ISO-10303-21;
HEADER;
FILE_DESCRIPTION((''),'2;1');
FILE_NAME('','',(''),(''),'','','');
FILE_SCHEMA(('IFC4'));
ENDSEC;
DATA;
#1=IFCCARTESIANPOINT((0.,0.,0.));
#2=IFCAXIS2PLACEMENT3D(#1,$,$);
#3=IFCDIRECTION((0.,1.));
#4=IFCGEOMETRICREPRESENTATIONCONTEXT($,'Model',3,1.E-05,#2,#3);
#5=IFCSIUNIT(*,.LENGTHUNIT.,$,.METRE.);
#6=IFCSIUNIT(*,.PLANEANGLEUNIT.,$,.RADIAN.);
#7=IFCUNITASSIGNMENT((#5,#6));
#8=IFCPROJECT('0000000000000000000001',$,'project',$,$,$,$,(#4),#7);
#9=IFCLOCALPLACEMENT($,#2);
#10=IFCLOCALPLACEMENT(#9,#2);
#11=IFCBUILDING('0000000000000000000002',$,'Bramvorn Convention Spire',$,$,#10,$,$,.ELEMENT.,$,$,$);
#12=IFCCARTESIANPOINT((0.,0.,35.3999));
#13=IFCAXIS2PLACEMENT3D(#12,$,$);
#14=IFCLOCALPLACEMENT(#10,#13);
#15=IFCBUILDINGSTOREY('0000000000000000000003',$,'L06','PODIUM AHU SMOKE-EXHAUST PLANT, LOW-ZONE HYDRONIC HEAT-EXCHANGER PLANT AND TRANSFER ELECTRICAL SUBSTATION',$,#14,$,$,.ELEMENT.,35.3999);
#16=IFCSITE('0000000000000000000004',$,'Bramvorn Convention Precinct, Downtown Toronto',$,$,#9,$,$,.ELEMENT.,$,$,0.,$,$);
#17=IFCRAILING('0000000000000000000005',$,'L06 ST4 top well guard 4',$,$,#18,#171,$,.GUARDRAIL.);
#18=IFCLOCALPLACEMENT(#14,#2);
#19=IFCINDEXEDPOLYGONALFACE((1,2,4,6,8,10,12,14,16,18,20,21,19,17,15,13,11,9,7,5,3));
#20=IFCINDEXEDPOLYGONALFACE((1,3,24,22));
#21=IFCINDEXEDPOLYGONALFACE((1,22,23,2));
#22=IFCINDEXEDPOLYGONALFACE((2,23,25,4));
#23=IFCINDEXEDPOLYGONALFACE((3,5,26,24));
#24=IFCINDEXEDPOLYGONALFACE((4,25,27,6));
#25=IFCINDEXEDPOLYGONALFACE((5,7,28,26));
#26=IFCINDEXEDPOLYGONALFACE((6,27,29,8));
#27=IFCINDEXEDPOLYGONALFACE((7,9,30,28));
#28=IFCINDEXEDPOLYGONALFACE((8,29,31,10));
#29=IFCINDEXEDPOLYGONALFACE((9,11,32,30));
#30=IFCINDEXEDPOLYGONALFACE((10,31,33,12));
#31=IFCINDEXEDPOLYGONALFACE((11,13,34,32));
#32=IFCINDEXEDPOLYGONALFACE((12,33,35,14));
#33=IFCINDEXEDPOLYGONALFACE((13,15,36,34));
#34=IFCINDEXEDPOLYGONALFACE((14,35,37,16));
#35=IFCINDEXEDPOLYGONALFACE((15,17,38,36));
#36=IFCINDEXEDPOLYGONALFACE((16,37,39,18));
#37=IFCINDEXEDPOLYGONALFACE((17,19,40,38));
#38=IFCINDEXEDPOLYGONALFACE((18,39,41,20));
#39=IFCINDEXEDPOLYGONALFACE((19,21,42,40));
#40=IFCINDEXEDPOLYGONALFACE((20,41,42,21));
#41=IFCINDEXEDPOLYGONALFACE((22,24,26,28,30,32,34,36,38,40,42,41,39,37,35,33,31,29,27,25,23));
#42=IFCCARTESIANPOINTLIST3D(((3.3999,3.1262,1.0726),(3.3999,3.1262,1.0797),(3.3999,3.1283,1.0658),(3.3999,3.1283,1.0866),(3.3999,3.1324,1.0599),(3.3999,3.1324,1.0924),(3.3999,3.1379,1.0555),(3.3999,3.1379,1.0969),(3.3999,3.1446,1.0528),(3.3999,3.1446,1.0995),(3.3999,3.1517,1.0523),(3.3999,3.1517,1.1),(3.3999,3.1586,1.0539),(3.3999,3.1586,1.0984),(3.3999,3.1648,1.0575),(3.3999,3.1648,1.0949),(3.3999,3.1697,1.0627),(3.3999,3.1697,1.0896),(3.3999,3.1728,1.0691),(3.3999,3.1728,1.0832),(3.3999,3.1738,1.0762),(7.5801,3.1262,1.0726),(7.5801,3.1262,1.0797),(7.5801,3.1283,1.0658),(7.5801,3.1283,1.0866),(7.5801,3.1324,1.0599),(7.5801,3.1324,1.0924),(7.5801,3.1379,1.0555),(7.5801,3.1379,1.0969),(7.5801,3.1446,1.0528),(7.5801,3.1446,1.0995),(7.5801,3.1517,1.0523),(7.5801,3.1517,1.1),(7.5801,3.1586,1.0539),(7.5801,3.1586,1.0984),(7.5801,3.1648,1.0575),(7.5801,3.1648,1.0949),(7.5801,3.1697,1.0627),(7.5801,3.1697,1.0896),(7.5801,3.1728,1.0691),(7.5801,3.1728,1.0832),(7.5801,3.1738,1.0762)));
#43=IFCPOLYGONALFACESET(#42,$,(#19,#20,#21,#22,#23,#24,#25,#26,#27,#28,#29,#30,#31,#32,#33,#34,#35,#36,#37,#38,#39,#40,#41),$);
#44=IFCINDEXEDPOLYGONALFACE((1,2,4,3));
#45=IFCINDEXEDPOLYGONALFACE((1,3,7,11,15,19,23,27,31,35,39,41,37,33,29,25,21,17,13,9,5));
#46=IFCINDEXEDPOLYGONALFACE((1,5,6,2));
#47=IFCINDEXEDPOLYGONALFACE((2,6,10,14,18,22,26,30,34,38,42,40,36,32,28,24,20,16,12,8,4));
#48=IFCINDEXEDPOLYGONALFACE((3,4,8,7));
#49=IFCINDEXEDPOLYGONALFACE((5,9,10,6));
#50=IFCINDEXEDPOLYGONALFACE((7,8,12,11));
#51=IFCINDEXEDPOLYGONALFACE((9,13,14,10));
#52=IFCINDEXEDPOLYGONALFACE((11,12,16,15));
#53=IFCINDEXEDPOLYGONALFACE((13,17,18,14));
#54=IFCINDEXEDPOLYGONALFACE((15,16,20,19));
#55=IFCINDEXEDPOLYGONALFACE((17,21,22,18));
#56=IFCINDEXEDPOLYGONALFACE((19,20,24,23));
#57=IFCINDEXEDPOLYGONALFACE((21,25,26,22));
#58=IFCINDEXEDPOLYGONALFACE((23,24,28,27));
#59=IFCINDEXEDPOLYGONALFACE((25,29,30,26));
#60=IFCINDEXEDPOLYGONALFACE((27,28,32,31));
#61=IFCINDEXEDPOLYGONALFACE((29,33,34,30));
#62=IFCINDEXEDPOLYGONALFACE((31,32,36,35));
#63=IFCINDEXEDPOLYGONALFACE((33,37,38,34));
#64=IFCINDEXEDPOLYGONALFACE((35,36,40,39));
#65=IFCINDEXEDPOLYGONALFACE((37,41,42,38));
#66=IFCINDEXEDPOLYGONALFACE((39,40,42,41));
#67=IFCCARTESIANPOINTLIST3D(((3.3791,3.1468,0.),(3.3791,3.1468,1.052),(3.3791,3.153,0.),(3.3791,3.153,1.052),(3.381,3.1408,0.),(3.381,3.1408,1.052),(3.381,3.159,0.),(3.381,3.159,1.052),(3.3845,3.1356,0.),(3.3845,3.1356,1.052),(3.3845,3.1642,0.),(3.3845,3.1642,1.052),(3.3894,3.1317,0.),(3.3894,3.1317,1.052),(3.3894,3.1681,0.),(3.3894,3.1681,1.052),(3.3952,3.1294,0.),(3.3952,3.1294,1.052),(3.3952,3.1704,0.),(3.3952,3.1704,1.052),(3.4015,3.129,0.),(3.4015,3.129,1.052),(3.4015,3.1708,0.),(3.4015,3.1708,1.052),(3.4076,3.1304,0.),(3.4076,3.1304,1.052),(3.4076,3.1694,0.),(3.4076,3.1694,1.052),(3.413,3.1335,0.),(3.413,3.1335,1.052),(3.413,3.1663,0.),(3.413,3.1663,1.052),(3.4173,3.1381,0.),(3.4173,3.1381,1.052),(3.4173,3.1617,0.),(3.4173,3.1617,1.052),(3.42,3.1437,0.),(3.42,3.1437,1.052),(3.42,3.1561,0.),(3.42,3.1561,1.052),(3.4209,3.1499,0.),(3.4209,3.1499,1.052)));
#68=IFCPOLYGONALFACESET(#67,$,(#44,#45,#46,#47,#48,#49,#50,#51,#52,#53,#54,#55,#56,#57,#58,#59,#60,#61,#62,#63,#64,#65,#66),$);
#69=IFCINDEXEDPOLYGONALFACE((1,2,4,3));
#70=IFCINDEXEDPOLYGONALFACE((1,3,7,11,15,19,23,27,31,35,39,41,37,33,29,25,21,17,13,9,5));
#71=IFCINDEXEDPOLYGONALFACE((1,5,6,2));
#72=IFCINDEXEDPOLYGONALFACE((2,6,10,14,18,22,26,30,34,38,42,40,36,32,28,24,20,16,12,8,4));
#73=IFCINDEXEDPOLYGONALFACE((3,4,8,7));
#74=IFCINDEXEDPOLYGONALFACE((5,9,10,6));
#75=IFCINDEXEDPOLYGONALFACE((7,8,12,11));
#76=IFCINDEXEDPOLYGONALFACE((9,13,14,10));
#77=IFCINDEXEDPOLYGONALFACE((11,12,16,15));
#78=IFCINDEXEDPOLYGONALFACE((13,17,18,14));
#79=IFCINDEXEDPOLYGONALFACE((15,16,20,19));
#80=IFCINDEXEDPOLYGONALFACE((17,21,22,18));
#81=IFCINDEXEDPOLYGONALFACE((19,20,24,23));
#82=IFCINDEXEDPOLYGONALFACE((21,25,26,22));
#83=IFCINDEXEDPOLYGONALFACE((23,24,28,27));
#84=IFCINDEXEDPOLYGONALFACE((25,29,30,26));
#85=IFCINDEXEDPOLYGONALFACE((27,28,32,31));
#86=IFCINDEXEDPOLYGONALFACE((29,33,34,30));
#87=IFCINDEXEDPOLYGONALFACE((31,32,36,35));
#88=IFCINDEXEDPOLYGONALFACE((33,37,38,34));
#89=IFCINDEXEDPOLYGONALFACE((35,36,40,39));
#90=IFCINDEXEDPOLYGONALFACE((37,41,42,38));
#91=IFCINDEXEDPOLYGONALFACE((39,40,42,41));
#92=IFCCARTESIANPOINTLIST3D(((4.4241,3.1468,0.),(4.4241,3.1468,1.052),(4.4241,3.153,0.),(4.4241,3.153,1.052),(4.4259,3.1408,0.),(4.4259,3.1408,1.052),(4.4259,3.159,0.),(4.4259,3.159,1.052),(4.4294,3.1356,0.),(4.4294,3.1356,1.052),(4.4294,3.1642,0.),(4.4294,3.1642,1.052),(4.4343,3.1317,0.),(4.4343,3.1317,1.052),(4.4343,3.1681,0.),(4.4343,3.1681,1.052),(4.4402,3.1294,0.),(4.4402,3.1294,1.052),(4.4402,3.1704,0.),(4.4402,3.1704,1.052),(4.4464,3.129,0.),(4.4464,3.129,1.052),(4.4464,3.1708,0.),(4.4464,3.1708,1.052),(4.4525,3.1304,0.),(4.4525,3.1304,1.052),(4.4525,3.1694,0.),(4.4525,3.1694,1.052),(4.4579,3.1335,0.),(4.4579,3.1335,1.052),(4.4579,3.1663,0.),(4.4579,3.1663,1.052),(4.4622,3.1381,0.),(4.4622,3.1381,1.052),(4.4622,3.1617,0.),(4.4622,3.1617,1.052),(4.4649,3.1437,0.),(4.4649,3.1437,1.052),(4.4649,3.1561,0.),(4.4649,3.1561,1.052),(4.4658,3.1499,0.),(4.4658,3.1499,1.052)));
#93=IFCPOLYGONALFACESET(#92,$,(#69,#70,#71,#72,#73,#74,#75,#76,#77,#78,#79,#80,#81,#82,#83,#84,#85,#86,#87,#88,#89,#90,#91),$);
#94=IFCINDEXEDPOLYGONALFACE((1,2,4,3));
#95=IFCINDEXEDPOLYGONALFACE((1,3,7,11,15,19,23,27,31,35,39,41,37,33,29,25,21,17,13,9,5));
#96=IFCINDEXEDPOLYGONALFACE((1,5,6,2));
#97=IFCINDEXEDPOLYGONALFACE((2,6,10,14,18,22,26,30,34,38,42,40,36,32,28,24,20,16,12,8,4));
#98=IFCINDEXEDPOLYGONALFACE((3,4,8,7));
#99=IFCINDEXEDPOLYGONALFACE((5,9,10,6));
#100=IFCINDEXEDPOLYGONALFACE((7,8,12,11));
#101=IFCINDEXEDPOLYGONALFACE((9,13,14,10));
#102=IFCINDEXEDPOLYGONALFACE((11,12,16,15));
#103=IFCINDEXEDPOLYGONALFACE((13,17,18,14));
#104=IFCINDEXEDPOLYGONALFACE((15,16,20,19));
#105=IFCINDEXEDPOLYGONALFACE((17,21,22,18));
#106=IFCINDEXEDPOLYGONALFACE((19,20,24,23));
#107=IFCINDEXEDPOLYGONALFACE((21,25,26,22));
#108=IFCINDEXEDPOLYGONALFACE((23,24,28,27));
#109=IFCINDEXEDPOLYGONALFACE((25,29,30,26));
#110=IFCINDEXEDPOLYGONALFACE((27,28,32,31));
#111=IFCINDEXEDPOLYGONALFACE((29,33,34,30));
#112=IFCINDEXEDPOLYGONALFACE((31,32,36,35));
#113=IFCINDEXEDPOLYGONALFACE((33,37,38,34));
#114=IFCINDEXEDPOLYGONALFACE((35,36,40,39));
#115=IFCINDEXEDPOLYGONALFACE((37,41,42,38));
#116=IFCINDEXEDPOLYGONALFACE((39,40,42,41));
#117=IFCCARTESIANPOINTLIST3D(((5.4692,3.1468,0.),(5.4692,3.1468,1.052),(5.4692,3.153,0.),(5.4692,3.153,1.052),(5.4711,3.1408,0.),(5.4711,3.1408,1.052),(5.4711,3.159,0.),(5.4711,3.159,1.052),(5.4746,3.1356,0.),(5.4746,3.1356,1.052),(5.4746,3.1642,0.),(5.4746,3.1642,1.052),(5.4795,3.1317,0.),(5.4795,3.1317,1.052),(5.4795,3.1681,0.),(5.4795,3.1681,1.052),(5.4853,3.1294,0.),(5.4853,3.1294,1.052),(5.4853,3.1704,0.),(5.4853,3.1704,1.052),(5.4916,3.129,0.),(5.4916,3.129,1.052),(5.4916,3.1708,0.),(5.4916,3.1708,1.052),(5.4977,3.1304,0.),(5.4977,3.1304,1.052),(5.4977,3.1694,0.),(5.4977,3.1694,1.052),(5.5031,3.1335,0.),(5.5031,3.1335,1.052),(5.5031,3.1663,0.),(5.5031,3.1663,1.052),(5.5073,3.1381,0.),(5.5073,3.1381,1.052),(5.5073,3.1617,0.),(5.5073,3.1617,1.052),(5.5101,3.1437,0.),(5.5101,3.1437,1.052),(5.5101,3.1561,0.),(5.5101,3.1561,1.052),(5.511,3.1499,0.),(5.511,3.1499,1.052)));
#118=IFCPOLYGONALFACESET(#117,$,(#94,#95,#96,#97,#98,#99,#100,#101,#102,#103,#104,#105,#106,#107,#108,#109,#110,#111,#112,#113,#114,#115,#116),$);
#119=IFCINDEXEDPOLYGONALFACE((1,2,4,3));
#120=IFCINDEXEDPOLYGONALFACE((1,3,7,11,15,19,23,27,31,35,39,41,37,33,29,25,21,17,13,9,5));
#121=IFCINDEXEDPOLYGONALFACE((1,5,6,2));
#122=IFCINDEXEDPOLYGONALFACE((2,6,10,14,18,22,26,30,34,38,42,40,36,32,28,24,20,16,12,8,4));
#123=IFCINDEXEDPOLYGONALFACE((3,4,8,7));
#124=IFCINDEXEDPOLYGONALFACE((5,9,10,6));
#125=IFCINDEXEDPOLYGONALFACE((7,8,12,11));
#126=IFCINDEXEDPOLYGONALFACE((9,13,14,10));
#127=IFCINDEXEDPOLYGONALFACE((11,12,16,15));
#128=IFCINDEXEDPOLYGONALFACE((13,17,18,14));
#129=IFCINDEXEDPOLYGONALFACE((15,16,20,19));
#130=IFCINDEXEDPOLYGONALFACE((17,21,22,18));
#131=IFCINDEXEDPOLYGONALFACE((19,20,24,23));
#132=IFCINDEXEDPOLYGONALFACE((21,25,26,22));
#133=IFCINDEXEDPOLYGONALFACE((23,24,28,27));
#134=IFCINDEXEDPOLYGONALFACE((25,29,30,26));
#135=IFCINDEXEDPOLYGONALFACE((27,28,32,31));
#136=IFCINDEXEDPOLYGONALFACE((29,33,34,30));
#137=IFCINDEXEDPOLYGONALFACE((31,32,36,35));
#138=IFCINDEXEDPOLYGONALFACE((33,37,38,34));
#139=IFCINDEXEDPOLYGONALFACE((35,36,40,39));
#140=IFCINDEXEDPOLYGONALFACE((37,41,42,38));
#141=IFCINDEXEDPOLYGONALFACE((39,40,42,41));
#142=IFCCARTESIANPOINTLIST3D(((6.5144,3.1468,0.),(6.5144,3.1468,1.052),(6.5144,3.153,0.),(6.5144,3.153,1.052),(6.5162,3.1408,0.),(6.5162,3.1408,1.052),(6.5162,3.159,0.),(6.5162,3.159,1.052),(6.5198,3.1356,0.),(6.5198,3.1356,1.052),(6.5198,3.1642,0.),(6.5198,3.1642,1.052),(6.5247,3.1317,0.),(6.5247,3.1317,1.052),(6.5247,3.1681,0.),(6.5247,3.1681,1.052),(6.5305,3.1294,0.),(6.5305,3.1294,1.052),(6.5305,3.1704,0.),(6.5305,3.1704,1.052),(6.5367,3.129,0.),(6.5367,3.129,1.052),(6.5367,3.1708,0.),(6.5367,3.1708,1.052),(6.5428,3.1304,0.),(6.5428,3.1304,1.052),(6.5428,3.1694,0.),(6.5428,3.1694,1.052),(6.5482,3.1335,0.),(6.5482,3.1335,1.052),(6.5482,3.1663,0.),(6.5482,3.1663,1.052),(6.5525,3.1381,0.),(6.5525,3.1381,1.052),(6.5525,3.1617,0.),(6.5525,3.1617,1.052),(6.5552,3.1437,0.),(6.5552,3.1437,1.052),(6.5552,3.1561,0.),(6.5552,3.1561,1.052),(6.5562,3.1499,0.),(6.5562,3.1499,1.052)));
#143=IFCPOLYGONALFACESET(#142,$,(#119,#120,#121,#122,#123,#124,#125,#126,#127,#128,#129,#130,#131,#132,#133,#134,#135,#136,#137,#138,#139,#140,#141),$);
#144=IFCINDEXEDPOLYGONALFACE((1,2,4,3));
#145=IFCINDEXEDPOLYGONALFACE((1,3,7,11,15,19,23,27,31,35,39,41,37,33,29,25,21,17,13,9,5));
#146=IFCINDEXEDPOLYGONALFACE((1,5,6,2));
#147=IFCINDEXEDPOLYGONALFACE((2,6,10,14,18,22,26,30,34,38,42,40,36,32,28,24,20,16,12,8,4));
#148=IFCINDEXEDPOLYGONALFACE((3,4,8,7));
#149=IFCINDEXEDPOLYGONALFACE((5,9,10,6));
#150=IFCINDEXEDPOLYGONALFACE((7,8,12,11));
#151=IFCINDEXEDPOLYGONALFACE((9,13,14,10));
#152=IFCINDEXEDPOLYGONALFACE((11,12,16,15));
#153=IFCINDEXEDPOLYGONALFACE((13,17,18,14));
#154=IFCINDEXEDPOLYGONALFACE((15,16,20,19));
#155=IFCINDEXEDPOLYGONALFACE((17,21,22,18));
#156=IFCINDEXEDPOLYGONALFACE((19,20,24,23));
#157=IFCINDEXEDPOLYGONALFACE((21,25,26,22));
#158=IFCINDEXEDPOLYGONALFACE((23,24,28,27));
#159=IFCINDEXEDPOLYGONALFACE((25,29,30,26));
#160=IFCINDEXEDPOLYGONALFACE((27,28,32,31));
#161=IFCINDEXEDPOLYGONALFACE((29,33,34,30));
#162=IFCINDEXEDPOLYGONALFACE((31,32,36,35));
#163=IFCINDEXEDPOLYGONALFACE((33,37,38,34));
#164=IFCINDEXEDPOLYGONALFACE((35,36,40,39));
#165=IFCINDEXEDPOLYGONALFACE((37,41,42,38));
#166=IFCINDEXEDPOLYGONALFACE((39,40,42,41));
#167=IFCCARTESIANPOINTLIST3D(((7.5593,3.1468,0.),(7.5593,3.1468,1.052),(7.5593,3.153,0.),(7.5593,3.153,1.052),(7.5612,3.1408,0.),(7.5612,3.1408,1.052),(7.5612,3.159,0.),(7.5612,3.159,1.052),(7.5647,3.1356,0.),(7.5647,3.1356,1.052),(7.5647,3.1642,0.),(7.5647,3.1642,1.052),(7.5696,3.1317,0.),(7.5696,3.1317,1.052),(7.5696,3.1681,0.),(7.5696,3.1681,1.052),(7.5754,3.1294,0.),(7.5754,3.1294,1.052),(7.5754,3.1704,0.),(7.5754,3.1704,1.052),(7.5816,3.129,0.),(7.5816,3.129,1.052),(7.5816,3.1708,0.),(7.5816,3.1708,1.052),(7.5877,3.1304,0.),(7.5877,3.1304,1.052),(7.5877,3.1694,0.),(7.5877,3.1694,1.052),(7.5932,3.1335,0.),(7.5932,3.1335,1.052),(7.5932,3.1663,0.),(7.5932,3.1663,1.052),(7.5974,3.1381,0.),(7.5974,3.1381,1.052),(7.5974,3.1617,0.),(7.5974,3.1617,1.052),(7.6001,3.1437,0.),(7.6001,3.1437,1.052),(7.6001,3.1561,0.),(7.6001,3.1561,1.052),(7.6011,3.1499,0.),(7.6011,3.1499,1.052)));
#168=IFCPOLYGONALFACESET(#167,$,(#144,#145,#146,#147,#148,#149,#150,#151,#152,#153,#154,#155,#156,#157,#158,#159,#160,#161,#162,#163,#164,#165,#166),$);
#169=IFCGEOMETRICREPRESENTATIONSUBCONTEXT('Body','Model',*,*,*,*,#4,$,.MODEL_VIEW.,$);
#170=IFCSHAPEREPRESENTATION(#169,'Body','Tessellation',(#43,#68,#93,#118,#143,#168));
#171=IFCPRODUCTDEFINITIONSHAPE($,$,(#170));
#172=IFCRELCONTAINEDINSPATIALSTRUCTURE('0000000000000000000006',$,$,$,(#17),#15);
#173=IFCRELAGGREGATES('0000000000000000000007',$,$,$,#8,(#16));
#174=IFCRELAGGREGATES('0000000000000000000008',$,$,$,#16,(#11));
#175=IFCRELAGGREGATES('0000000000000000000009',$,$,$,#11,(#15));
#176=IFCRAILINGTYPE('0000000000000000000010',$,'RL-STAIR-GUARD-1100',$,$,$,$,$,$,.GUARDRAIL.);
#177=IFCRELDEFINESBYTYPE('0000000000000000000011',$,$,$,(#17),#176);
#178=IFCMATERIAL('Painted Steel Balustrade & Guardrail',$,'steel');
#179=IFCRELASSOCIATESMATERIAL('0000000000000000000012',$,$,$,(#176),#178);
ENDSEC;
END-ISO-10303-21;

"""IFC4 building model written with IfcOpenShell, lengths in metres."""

from ifc_helpers import new_model, si_unit, direction, frame, origin, origin_2d, place, context, subcontext, project, spatial, circle, extrude, material, type_object, element, save


model = new_model("IFC4")

# Units and contexts
model_context = context("Model", 3, precision=1e-05, world=origin(), true_north=direction((0.0, 1.0)))
body_context = subcontext(model_context, "Body", "Model", "MODEL_VIEW")
ifc_project = project(units=[si_unit("LENGTHUNIT", "METRE"), si_unit("PLANEANGLEUNIT", "RADIAN")], contexts=[model_context])

# Site, building, storey
site_placement = place(None, origin())
site = spatial("IfcSite", under=ifc_project, at=site_placement, Name="Bramvorn Convention Precinct, Downtown Toronto", CompositionType="ELEMENT", RefElevation=0.0)
building_placement = place(site_placement, origin())
building = spatial("IfcBuilding", under=site, at=building_placement, Name="Bramvorn Convention Spire", CompositionType="ELEMENT")
storey_placement = place(building_placement, frame((0.0, 0.0, 35.3999)))
storey = spatial("IfcBuildingStorey", under=building, at=storey_placement, Name="L06", Description="PODIUM AHU SMOKE-EXHAUST PLANT, LOW-ZONE HYDRONIC HEAT-EXCHANGER PLANT AND TRANSFER ELECTRICAL SUBSTATION", CompositionType="ELEMENT", Elevation=35.3999)

# Railing
ifc_material_1 = material(Name="Painted Steel Balustrade & Guardrail", Category="steel")
railing_type_1 = type_object("IfcRailingType", Name="RL-STAIR-GUARD-1100", PredefinedType="GUARDRAIL", material=ifc_material_1)
railing_1_placement = place(storey_placement, frame((3.3999, 3.1499, 0.0)))
element("IfcRailing", 1, at=railing_1_placement, inside=storey, type_object=railing_type_1, Name="L06 ST4 top well guard 4", PredefinedType="GUARDRAIL", context=body_context, shape_type="SweptSolid", body=[
    extrude(circle(Radius=0.0239, at=origin_2d()), frame((0.0, 0.0, 1.0762), z_axis=(1.0, 0.0, 0.0), x_axis=(0.0, 1.0, 0.0)), (0.0, 0.0, 1.0), 4.1802),
    extrude(circle(Radius=0.021, at=origin_2d()), origin(), (0.0, 0.0, 1.0), 1.052),
    extrude(circle(Radius=0.021, at=origin_2d()), frame((1.0449, 0.0, 0.0)), (0.0, 0.0, 1.0), 1.052),
    extrude(circle(Radius=0.021, at=origin_2d()), frame((2.0901, 0.0, 0.0)), (0.0, 0.0, 1.0), 1.052),
    extrude(circle(Radius=0.021, at=origin_2d()), frame((3.1353, 0.0, 0.0)), (0.0, 0.0, 1.0), 1.052),
    extrude(circle(Radius=0.021, at=origin_2d()), frame((4.1802, 0.0, 0.0)), (0.0, 0.0, 1.0), 1.052),
])

save(model, "model.ifc")
